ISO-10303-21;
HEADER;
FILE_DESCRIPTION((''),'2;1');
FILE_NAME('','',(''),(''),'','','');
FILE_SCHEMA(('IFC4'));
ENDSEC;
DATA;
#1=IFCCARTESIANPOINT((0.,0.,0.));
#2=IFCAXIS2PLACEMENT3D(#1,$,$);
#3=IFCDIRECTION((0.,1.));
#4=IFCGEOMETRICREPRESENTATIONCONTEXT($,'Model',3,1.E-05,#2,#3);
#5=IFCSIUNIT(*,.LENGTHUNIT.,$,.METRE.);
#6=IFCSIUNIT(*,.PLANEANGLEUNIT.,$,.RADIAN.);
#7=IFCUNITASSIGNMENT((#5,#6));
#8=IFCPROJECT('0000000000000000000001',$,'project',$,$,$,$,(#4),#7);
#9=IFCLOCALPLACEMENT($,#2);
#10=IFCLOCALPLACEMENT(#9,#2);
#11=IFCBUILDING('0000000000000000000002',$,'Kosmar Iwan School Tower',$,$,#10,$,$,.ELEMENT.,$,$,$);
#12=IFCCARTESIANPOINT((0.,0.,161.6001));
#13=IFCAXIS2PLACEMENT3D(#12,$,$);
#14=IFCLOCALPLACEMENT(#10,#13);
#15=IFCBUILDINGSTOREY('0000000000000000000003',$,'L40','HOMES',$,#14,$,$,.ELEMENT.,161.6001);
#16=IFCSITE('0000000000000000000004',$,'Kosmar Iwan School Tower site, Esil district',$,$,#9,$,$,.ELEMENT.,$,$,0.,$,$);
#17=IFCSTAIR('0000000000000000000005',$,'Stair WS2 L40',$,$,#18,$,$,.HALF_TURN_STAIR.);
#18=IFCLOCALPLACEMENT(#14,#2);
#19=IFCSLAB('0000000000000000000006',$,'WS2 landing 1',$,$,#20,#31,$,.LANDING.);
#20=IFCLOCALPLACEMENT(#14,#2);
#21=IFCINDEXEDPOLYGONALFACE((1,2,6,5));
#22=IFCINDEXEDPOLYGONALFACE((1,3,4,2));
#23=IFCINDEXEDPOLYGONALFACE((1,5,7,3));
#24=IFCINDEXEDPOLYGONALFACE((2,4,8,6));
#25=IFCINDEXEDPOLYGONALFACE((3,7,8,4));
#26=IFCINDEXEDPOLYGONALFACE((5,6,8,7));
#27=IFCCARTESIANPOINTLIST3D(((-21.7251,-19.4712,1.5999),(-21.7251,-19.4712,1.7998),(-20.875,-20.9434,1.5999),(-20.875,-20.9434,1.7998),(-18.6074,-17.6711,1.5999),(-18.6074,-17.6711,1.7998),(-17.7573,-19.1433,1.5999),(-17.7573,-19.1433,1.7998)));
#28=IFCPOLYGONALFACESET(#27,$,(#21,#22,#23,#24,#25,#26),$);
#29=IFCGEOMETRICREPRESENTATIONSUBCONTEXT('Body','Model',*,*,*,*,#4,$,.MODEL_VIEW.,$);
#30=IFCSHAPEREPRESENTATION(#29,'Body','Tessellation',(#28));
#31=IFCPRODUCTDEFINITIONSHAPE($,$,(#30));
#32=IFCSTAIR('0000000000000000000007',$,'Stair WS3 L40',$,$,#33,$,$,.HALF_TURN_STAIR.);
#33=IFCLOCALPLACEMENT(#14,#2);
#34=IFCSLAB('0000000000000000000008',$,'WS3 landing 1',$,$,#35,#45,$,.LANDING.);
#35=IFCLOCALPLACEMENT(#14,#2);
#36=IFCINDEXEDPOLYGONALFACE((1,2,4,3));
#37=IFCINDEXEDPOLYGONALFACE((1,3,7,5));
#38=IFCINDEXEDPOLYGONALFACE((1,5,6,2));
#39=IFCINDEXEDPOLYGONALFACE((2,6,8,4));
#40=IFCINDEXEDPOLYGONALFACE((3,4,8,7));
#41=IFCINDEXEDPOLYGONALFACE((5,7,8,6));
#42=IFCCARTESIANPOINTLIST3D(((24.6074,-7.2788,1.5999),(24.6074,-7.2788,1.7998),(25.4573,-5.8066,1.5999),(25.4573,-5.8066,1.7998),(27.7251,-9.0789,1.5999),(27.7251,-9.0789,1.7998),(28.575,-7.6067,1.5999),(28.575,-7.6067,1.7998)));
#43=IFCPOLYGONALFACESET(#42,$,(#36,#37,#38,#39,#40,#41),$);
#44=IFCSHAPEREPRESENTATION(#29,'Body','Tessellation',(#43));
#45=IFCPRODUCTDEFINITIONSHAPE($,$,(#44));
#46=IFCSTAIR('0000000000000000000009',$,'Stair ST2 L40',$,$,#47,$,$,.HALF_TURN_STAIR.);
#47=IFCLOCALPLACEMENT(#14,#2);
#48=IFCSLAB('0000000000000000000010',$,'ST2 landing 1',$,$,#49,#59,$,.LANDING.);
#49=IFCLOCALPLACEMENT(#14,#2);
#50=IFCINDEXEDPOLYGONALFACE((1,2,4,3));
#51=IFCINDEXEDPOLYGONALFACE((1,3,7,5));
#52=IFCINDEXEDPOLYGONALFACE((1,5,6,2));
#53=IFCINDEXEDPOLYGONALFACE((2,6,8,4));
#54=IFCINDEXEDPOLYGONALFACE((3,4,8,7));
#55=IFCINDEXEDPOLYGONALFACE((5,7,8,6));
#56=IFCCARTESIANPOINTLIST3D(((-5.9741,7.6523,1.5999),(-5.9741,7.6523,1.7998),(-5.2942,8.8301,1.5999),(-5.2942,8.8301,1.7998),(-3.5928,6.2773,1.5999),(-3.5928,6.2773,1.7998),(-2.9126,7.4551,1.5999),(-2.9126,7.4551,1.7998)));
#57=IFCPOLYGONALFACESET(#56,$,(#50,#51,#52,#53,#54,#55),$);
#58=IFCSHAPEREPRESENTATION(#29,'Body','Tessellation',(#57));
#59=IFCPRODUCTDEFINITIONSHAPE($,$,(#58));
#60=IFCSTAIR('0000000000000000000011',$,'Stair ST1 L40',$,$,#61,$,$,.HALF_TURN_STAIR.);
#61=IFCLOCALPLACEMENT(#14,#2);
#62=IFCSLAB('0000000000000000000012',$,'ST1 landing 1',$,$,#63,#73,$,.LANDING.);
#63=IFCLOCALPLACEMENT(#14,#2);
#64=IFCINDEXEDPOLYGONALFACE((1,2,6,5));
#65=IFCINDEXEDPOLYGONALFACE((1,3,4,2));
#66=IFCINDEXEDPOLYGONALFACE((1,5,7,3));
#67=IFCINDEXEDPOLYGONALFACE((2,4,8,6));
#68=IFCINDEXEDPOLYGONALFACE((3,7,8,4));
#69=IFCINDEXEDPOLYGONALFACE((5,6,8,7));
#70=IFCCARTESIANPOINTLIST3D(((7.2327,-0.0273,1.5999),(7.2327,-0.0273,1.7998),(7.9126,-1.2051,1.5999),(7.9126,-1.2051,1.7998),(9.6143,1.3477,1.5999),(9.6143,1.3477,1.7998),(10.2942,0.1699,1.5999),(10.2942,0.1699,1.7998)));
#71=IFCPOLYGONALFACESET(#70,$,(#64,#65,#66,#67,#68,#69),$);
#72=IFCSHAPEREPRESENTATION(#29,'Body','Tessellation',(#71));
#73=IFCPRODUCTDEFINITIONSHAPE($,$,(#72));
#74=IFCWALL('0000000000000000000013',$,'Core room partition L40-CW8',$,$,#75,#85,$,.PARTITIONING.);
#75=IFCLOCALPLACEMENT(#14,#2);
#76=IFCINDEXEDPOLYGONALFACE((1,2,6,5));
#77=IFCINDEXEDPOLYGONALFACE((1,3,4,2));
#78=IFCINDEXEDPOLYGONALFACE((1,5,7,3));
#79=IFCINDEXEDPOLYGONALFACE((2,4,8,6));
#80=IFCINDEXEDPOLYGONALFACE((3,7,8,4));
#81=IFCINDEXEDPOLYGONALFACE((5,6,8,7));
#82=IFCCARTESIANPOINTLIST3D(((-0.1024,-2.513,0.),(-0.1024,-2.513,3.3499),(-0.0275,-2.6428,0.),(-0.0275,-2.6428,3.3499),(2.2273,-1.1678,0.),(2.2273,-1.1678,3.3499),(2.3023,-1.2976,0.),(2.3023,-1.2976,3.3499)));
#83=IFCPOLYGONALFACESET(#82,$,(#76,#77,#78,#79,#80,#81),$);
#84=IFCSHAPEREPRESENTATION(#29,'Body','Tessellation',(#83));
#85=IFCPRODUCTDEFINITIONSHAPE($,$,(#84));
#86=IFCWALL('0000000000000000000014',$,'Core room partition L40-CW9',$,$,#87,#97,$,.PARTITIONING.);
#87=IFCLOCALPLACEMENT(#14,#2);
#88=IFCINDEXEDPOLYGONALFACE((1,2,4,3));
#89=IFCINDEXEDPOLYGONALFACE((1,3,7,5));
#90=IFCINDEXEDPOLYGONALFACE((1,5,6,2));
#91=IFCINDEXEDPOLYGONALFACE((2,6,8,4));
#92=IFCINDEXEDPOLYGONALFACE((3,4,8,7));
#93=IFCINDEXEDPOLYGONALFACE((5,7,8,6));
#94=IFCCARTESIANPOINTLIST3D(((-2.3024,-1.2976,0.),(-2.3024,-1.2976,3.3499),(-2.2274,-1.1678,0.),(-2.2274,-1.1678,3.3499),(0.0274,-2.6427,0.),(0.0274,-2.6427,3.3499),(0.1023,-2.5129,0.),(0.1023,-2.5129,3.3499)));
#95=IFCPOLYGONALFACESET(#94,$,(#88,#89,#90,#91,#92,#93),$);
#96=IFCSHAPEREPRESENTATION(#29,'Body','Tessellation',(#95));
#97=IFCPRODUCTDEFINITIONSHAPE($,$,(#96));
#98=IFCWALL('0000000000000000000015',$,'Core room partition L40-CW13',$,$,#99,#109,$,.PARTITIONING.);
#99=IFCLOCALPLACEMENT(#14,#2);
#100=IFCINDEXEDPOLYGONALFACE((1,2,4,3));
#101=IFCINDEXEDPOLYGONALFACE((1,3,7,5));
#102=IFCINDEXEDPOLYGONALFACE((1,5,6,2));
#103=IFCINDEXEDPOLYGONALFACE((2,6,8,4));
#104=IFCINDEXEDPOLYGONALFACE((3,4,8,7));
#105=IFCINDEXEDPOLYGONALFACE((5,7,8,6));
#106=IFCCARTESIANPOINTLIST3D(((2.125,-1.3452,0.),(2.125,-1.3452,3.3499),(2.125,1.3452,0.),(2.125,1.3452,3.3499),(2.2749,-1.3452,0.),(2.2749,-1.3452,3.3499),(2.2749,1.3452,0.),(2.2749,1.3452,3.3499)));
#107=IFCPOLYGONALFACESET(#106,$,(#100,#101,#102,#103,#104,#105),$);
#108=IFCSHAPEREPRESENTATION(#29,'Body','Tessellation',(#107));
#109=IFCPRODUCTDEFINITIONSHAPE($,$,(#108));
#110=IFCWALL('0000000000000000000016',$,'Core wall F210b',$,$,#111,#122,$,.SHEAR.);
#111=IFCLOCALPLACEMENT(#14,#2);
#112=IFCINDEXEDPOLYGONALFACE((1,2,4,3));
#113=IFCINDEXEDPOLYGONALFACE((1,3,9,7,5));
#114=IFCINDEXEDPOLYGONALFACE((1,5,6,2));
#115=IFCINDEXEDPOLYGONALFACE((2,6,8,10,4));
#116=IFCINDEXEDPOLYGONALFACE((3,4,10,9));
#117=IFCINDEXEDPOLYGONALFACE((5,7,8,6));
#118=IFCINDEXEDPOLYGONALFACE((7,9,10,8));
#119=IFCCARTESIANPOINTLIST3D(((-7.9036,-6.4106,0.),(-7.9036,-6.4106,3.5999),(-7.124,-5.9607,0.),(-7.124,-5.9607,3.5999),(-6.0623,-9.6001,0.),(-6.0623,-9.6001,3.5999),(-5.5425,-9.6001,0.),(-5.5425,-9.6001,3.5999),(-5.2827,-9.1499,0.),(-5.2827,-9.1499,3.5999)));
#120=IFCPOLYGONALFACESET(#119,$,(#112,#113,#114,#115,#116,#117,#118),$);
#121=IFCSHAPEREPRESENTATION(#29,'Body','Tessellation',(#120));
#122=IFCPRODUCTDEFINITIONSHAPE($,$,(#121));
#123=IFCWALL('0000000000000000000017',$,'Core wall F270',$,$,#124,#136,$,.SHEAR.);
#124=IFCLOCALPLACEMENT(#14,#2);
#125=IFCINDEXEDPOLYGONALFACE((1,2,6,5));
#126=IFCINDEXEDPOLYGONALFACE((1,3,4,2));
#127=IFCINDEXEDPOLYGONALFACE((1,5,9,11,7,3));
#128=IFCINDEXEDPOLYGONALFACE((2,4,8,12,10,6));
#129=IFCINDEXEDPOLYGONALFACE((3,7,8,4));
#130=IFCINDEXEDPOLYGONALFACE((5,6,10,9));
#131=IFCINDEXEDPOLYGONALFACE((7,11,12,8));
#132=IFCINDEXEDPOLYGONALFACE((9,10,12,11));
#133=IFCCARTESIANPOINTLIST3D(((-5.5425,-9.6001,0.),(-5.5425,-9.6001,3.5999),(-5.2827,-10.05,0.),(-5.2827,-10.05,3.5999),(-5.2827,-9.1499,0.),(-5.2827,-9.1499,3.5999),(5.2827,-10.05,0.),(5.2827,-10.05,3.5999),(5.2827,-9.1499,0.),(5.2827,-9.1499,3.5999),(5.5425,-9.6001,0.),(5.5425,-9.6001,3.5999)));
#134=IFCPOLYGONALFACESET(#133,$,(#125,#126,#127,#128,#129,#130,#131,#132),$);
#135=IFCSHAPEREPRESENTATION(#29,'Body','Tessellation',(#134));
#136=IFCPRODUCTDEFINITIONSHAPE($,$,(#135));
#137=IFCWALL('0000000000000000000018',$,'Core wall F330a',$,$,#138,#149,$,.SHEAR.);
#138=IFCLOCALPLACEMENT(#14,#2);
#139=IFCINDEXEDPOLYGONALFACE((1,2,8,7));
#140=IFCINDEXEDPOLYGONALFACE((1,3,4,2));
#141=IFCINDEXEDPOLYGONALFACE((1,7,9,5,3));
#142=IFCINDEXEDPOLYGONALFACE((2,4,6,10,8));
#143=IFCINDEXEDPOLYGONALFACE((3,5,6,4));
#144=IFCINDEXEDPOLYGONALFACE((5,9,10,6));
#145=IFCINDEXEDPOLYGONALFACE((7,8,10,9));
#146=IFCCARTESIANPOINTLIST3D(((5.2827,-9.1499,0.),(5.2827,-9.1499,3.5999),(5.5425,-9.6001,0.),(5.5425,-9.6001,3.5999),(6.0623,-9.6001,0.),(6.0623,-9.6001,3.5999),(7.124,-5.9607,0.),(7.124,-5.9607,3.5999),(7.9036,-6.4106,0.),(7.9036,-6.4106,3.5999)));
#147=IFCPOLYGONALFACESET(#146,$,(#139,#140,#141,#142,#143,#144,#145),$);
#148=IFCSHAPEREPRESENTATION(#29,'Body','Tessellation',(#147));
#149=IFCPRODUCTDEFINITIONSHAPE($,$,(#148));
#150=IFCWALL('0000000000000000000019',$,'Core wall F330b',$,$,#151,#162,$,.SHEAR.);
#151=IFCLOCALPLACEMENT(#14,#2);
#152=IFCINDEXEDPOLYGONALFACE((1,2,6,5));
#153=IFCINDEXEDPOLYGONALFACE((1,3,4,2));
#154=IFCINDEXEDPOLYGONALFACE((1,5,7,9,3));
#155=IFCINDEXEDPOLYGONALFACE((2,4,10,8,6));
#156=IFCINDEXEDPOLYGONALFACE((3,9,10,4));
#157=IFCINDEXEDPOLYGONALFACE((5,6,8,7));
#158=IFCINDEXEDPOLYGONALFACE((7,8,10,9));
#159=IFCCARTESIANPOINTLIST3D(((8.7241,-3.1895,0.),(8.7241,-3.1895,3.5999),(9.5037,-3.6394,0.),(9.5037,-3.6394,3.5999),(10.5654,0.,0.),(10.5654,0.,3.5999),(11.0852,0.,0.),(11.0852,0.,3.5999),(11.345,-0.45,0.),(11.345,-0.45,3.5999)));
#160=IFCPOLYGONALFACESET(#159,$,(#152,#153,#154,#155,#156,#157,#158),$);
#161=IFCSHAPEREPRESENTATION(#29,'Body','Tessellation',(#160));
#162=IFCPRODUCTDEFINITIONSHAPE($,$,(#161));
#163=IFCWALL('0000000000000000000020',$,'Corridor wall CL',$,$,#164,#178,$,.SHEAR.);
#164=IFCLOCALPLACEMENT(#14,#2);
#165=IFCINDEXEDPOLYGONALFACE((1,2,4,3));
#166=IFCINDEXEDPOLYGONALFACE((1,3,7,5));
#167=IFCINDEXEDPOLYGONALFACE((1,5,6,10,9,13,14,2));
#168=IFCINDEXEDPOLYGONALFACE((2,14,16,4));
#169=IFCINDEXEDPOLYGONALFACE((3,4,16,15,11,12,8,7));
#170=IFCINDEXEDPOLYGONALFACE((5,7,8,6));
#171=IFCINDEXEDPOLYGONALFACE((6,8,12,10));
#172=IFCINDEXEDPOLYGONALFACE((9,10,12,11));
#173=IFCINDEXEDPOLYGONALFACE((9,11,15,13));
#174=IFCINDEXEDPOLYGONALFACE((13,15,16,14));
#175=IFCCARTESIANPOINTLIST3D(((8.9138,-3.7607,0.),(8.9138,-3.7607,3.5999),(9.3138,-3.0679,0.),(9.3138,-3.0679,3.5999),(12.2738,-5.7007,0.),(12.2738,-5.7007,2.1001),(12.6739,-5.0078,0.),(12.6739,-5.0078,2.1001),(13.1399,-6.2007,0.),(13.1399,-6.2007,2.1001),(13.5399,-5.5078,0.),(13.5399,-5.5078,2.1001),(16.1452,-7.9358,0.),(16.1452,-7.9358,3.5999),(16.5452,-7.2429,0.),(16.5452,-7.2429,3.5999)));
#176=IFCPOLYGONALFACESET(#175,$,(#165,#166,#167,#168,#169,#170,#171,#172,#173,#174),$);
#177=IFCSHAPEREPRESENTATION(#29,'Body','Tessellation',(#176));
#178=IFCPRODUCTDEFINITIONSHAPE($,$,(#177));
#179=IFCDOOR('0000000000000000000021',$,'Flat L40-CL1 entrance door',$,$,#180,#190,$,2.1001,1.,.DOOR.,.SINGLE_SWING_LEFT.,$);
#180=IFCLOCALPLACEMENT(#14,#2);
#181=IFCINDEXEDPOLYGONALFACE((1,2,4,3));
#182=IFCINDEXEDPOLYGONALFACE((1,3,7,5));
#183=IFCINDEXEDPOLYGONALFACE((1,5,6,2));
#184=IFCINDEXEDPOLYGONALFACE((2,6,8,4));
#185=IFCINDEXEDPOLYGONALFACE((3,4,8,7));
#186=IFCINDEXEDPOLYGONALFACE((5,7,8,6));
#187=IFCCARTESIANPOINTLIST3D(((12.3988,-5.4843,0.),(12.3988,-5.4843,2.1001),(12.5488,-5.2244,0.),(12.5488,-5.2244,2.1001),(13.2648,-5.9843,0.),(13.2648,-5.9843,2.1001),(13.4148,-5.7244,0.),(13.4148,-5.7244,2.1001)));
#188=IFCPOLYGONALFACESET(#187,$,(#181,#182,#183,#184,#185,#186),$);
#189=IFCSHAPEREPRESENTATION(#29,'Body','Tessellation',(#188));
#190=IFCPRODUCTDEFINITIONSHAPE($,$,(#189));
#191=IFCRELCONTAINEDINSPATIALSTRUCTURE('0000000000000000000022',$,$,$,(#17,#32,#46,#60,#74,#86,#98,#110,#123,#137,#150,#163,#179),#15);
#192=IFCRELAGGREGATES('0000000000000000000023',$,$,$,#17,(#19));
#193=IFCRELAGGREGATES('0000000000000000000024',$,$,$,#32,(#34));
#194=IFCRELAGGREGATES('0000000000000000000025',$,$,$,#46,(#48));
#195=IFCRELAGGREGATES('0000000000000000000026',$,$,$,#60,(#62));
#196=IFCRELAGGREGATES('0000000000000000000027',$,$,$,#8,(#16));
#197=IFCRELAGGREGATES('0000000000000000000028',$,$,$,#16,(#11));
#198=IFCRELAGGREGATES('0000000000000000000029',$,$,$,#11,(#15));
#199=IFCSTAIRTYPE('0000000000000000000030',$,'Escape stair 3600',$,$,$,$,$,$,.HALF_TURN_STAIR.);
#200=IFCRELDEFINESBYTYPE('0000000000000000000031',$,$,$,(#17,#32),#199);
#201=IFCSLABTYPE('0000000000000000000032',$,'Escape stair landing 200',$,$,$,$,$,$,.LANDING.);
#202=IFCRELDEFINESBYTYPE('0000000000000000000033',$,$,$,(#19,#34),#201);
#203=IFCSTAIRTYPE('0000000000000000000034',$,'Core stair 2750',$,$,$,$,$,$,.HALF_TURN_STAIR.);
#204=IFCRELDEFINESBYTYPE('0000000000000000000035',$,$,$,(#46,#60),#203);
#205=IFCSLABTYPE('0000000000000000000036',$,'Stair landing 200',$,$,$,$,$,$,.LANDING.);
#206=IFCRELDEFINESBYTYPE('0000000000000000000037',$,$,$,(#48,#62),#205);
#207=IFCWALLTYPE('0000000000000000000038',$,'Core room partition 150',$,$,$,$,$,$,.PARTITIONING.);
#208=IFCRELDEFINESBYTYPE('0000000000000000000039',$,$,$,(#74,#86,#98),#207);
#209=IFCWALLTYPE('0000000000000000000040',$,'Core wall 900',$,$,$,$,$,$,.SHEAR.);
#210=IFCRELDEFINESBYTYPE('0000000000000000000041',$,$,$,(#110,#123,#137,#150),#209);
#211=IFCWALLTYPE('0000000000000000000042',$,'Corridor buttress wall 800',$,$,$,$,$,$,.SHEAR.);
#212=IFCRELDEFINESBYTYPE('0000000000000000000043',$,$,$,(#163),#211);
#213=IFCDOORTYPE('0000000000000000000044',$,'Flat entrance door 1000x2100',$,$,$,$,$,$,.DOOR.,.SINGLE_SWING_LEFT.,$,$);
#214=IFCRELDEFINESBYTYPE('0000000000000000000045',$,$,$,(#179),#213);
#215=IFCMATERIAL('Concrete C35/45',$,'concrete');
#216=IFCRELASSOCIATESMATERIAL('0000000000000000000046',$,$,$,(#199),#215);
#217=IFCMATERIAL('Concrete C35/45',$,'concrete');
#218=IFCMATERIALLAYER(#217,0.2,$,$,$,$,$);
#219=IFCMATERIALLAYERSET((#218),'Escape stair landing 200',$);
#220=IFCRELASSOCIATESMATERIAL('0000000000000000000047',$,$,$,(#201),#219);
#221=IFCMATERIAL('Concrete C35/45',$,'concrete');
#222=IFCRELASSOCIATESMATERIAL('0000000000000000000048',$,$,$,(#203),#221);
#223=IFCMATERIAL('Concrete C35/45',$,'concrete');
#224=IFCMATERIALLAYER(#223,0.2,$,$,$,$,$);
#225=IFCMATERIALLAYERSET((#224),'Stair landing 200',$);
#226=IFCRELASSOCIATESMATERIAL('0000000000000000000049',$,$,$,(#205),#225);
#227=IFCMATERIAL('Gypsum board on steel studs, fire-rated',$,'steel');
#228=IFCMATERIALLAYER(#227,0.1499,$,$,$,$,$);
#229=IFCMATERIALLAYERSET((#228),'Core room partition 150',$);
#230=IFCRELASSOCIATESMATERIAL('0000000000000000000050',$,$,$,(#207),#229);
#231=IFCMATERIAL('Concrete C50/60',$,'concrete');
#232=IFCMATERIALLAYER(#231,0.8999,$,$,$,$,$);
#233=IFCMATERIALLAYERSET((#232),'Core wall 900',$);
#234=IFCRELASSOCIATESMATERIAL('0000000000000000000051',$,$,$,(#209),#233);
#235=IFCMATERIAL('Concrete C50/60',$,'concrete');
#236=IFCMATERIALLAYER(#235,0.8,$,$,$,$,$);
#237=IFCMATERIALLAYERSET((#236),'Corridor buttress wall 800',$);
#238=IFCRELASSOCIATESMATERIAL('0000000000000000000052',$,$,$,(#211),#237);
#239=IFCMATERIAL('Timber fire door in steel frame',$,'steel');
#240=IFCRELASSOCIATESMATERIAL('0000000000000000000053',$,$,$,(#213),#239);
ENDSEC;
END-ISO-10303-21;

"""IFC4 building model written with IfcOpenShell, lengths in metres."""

from ifc_helpers import new_model, si_unit, direction, frame, frame_2d, origin, place, context, subcontext, project, spatial, polyline, rectangle, outline, extrude, material, layer, layer_set, type_object, element, fill, aggregate, save


model = new_model("IFC4")

# Units and contexts
model_context = context("Model", 3, precision=1e-05, world=origin(), true_north=direction((0.0, 1.0)))
body_context = subcontext(model_context, "Body", "Model", "MODEL_VIEW")
ifc_project = project(units=[si_unit("LENGTHUNIT", "METRE"), si_unit("PLANEANGLEUNIT", "RADIAN")], contexts=[model_context])

# Site, building, storey
site_placement = place(None, origin())
site = spatial("IfcSite", under=ifc_project, at=site_placement, Name="Kosmar Iwan School Tower site, Esil district", CompositionType="ELEMENT", RefElevation=0.0)
building_placement = place(site_placement, origin())
building = spatial("IfcBuilding", under=site, at=building_placement, Name="Kosmar Iwan School Tower", CompositionType="ELEMENT")
storey_placement = place(building_placement, frame((0.0, 0.0, 161.6001)))
storey = spatial("IfcBuildingStorey", under=building, at=storey_placement, Name="L40", Description="HOMES", CompositionType="ELEMENT", Elevation=161.6001)

# Stairs, slabs
ifc_material_1 = material(Name="Concrete C35/45", Category="concrete")
stair_type_1 = type_object("IfcStairType", Name="Escape stair 3600", PredefinedType="HALF_TURN_STAIR", material=ifc_material_1)
stair_1_placement = place(storey_placement, origin())
stair_1 = element("IfcStair", 1, at=stair_1_placement, inside=storey, type_object=stair_type_1, Name="Stair WS2 L40", PredefinedType="HALF_TURN_STAIR")
ifc_material_2 = material(Name="Concrete C35/45", Category="concrete")
ifc_layer_1 = layer(ifc_material_2, 0.2)
ifc_layer_set_1 = layer_set([ifc_layer_1], Name="Escape stair landing 200")
slab_type_1 = type_object("IfcSlabType", Name="Escape stair landing 200", PredefinedType="LANDING", material=ifc_layer_set_1)
slab_1_placement = place(storey_placement, frame((0.0, 0.0, 1.5999)))
slab_1 = element("IfcSlab", 2, at=slab_1_placement, type_object=slab_type_1, Name="WS2 landing 1", PredefinedType="LANDING", context=body_context, shape_type="SweptSolid", body=[
    extrude(outline(polyline([(-18.6074, -17.6711), (-21.7251, -19.4712), (-20.875, -20.9434), (-17.7573, -19.1433), (-18.6074, -17.6711)])), origin(), (0.0, 0.0, 1.0), 0.2),
])
aggregate(stair_1, [slab_1])
stair_2_placement = place(storey_placement, origin())
stair_2 = element("IfcStair", 3, at=stair_2_placement, inside=storey, type_object=stair_type_1, Name="Stair WS3 L40", PredefinedType="HALF_TURN_STAIR")
slab_2_placement = place(storey_placement, frame((0.0, 0.0, 1.5999)))
slab_2 = element("IfcSlab", 4, at=slab_2_placement, type_object=slab_type_1, Name="WS3 landing 1", PredefinedType="LANDING", context=body_context, shape_type="SweptSolid", body=[
    extrude(outline(polyline([(24.6074, -7.2788), (27.7251, -9.0789), (28.575, -7.6067), (25.4573, -5.8066), (24.6074, -7.2788)])), origin(), (0.0, 0.0, 1.0), 0.2),
])
aggregate(stair_2, [slab_2])
ifc_material_3 = material(Name="Concrete C35/45", Category="concrete")
stair_type_2 = type_object("IfcStairType", Name="Core stair 2750", PredefinedType="HALF_TURN_STAIR", material=ifc_material_3)
stair_3_placement = place(storey_placement, origin())
stair_3 = element("IfcStair", 5, at=stair_3_placement, inside=storey, type_object=stair_type_2, Name="Stair ST2 L40", PredefinedType="HALF_TURN_STAIR")
ifc_material_4 = material(Name="Concrete C35/45", Category="concrete")
ifc_layer_2 = layer(ifc_material_4, 0.2)
ifc_layer_set_2 = layer_set([ifc_layer_2], Name="Stair landing 200")
slab_type_2 = type_object("IfcSlabType", Name="Stair landing 200", PredefinedType="LANDING", material=ifc_layer_set_2)
slab_3_placement = place(storey_placement, frame((0.0, 0.0, 1.5999)))
slab_3 = element("IfcSlab", 6, at=slab_3_placement, type_object=slab_type_2, Name="ST2 landing 1", PredefinedType="LANDING", context=body_context, shape_type="SweptSolid", body=[
    extrude(outline(polyline([(-2.9126, 7.4551), (-5.2942, 8.8301), (-5.9741, 7.6523), (-3.5928, 6.2773), (-2.9126, 7.4551)])), origin(), (0.0, 0.0, 1.0), 0.2),
])
aggregate(stair_3, [slab_3])
stair_4_placement = place(storey_placement, origin())
stair_4 = element("IfcStair", 7, at=stair_4_placement, inside=storey, type_object=stair_type_2, Name="Stair ST1 L40", PredefinedType="HALF_TURN_STAIR")
slab_4_placement = place(storey_placement, frame((0.0, 0.0, 1.5999)))
slab_4 = element("IfcSlab", 8, at=slab_4_placement, type_object=slab_type_2, Name="ST1 landing 1", PredefinedType="LANDING", context=body_context, shape_type="SweptSolid", body=[
    extrude(outline(polyline([(7.9126, -1.2051), (10.2942, 0.1699), (9.6143, 1.3477), (7.2327, -0.0273), (7.9126, -1.2051)])), origin(), (0.0, 0.0, 1.0), 0.2),
])

# Walls
ifc_material_5 = material(Name="Gypsum board on steel studs, fire-rated", Category="steel")
ifc_layer_3 = layer(ifc_material_5, 0.1499)
ifc_layer_set_3 = layer_set([ifc_layer_3], Name="Core room partition 150")
wall_type_1 = type_object("IfcWallType", Name="Core room partition 150", PredefinedType="PARTITIONING", material=ifc_layer_set_3)
for number, where, z_axis, x_axis, name in (
    (9, (2.2649, -1.2327, 0.0), (0.0, 0.0, 1.0), (-0.866012, -0.500024, 0.0), "Core room partition L40-CW8"),
    (10, (0.0649, -2.5779, 0.0), (0.0, 0.0, 1.0), (-0.866012, 0.500024, 0.0), "Core room partition L40-CW9"),
):
    element("IfcWall", number, at=place(storey_placement, frame(where, z_axis=z_axis, x_axis=x_axis)), inside=storey, type_object=wall_type_1, Name=name, PredefinedType="PARTITIONING", context=body_context, shape_type="SweptSolid", body=[
        extrude(rectangle(XDim=2.6902, YDim=0.1499, at=frame_2d((1.3452, 0.0))), origin(), (0.0, 0.0, 1.0), 3.3499),
    ])
wall_1_placement = place(storey_placement, frame((2.2, 1.3452, 0.0), z_axis=(0.0, 0.0, 1.0), x_axis=(0.0, -1.0, 0.0)))
element("IfcWall", 11, at=wall_1_placement, inside=storey, type_object=wall_type_1, Name="Core room partition L40-CW13", PredefinedType="PARTITIONING", context=body_context, shape_type="SweptSolid", body=[
    extrude(rectangle(XDim=2.6904, YDim=0.1499, at=frame_2d((1.3452, 0.0))), origin(), (0.0, 0.0, 1.0), 3.3499),
])
ifc_material_6 = material(Name="Concrete C50/60", Category="concrete")
ifc_layer_4 = layer(ifc_material_6, 0.8999)
ifc_layer_set_4 = layer_set([ifc_layer_4], Name="Core wall 900")
wall_type_2 = type_object("IfcWallType", Name="Core wall 900", PredefinedType="SHEAR", material=ifc_layer_set_4)
wall_2_placement = place(storey_placement, origin())
element("IfcWall", 12, at=wall_2_placement, inside=storey, type_object=wall_type_2, Name="Core wall F210b", PredefinedType="SHEAR", context=body_context, shape_type="SweptSolid", body=[
    extrude(outline(polyline([(-6.0623, -9.6001), (-5.5425, -9.6001), (-5.2827, -9.1499), (-7.124, -5.9607), (-7.9036, -6.4106), (-6.0623, -9.6001)])), origin(), (0.0, 0.0, 1.0), 3.5999),
])
wall_3_placement = place(storey_placement, origin())
element("IfcWall", 13, at=wall_3_placement, inside=storey, type_object=wall_type_2, Name="Core wall F270", PredefinedType="SHEAR", context=body_context, shape_type="SweptSolid", body=[
    extrude(outline(polyline([(-5.2827, -10.05), (5.2827, -10.05), (5.5425, -9.6001), (5.2827, -9.1499), (-5.2827, -9.1499), (-5.5425, -9.6001), (-5.2827, -10.05)])), origin(), (0.0, 0.0, 1.0), 3.5999),
])
wall_4_placement = place(storey_placement, origin())
element("IfcWall", 14, at=wall_4_placement, inside=storey, type_object=wall_type_2, Name="Core wall F330a", PredefinedType="SHEAR", context=body_context, shape_type="SweptSolid", body=[
    extrude(outline(polyline([(5.5425, -9.6001), (6.0623, -9.6001), (7.9036, -6.4106), (7.124, -5.9607), (5.2827, -9.1499), (5.5425, -9.6001)])), origin(), (0.0, 0.0, 1.0), 3.5999),
])
wall_5_placement = place(storey_placement, origin())
element("IfcWall", 15, at=wall_5_placement, inside=storey, type_object=wall_type_2, Name="Core wall F330b", PredefinedType="SHEAR", context=body_context, shape_type="SweptSolid", body=[
    extrude(outline(polyline([(9.5037, -3.6394), (11.345, -0.45), (11.0852, 0.0), (10.5654, 0.0), (8.7241, -3.1895), (9.5037, -3.6394)])), origin(), (0.0, 0.0, 1.0), 3.5999),
])

# Wall, opening, door
ifc_material_7 = material(Name="Concrete C50/60", Category="concrete")
ifc_layer_5 = layer(ifc_material_7, 0.8)
ifc_layer_set_5 = layer_set([ifc_layer_5], Name="Corridor buttress wall 800")
wall_type_3 = type_object("IfcWallType", Name="Corridor buttress wall 800", PredefinedType="SHEAR", material=ifc_layer_set_5)
wall_6_placement = place(storey_placement, frame((9.1138, -3.4143, 0.0), z_axis=(0.0, 0.0, 1.0), x_axis=(0.866027, -0.499997, 0.0)))
wall_6 = element("IfcWall", 16, at=wall_6_placement, inside=storey, type_object=wall_type_3, Name="Corridor wall CL", PredefinedType="SHEAR", context=body_context, shape_type="SweptSolid", body=[
    extrude(rectangle(XDim=8.3501, YDim=0.8, at=frame_2d((4.175, 0.0))), origin(), (0.0, 0.0, 1.0), 3.5999),
])
opening_1_placement = place(wall_6_placement, frame((3.8799, 0.0, 0.0)))
opening_1 = element("IfcOpeningElement", 17, at=opening_1_placement, cuts=wall_6, PredefinedType="OPENING", context=body_context, shape_type="SweptSolid", body=[
    extrude(rectangle(XDim=1.0, YDim=2.1001, at=frame_2d((0.5, 1.05))), frame((0.0, 0.4121, 0.0), z_axis=(0.0, -1.0, 0.0), x_axis=(1.0, 0.0, 0.0)), (0.0, 0.0, 1.0), 0.824),
])
ifc_material_8 = material(Name="Timber fire door in steel frame", Category="steel")
door_type_1 = type_object("IfcDoorType", Name="Flat entrance door 1000x2100", OperationType="SINGLE_SWING_LEFT", PredefinedType="DOOR", material=ifc_material_8)
door_1_placement = place(opening_1_placement, origin())
door_1 = element("IfcDoor", 18, at=door_1_placement, inside=storey, type_object=door_type_1, Name="Flat L40-CL1 entrance door", OperationType="SINGLE_SWING_LEFT", OverallHeight=2.1001, OverallWidth=1.0, PredefinedType="DOOR", context=body_context, shape_type="SweptSolid", body=[
    extrude(rectangle(XDim=1.0, YDim=2.1001, at=frame_2d((0.5, 1.05))), frame((0.0, 0.1499, 0.0), z_axis=(0.0, -1.0, 0.0), x_axis=(1.0, 0.0, 0.0)), (0.0, 0.0, 1.0), 0.3),
])
fill(opening_1, door_1)

aggregate(stair_4, [slab_4])

save(model, "model.ifc")
